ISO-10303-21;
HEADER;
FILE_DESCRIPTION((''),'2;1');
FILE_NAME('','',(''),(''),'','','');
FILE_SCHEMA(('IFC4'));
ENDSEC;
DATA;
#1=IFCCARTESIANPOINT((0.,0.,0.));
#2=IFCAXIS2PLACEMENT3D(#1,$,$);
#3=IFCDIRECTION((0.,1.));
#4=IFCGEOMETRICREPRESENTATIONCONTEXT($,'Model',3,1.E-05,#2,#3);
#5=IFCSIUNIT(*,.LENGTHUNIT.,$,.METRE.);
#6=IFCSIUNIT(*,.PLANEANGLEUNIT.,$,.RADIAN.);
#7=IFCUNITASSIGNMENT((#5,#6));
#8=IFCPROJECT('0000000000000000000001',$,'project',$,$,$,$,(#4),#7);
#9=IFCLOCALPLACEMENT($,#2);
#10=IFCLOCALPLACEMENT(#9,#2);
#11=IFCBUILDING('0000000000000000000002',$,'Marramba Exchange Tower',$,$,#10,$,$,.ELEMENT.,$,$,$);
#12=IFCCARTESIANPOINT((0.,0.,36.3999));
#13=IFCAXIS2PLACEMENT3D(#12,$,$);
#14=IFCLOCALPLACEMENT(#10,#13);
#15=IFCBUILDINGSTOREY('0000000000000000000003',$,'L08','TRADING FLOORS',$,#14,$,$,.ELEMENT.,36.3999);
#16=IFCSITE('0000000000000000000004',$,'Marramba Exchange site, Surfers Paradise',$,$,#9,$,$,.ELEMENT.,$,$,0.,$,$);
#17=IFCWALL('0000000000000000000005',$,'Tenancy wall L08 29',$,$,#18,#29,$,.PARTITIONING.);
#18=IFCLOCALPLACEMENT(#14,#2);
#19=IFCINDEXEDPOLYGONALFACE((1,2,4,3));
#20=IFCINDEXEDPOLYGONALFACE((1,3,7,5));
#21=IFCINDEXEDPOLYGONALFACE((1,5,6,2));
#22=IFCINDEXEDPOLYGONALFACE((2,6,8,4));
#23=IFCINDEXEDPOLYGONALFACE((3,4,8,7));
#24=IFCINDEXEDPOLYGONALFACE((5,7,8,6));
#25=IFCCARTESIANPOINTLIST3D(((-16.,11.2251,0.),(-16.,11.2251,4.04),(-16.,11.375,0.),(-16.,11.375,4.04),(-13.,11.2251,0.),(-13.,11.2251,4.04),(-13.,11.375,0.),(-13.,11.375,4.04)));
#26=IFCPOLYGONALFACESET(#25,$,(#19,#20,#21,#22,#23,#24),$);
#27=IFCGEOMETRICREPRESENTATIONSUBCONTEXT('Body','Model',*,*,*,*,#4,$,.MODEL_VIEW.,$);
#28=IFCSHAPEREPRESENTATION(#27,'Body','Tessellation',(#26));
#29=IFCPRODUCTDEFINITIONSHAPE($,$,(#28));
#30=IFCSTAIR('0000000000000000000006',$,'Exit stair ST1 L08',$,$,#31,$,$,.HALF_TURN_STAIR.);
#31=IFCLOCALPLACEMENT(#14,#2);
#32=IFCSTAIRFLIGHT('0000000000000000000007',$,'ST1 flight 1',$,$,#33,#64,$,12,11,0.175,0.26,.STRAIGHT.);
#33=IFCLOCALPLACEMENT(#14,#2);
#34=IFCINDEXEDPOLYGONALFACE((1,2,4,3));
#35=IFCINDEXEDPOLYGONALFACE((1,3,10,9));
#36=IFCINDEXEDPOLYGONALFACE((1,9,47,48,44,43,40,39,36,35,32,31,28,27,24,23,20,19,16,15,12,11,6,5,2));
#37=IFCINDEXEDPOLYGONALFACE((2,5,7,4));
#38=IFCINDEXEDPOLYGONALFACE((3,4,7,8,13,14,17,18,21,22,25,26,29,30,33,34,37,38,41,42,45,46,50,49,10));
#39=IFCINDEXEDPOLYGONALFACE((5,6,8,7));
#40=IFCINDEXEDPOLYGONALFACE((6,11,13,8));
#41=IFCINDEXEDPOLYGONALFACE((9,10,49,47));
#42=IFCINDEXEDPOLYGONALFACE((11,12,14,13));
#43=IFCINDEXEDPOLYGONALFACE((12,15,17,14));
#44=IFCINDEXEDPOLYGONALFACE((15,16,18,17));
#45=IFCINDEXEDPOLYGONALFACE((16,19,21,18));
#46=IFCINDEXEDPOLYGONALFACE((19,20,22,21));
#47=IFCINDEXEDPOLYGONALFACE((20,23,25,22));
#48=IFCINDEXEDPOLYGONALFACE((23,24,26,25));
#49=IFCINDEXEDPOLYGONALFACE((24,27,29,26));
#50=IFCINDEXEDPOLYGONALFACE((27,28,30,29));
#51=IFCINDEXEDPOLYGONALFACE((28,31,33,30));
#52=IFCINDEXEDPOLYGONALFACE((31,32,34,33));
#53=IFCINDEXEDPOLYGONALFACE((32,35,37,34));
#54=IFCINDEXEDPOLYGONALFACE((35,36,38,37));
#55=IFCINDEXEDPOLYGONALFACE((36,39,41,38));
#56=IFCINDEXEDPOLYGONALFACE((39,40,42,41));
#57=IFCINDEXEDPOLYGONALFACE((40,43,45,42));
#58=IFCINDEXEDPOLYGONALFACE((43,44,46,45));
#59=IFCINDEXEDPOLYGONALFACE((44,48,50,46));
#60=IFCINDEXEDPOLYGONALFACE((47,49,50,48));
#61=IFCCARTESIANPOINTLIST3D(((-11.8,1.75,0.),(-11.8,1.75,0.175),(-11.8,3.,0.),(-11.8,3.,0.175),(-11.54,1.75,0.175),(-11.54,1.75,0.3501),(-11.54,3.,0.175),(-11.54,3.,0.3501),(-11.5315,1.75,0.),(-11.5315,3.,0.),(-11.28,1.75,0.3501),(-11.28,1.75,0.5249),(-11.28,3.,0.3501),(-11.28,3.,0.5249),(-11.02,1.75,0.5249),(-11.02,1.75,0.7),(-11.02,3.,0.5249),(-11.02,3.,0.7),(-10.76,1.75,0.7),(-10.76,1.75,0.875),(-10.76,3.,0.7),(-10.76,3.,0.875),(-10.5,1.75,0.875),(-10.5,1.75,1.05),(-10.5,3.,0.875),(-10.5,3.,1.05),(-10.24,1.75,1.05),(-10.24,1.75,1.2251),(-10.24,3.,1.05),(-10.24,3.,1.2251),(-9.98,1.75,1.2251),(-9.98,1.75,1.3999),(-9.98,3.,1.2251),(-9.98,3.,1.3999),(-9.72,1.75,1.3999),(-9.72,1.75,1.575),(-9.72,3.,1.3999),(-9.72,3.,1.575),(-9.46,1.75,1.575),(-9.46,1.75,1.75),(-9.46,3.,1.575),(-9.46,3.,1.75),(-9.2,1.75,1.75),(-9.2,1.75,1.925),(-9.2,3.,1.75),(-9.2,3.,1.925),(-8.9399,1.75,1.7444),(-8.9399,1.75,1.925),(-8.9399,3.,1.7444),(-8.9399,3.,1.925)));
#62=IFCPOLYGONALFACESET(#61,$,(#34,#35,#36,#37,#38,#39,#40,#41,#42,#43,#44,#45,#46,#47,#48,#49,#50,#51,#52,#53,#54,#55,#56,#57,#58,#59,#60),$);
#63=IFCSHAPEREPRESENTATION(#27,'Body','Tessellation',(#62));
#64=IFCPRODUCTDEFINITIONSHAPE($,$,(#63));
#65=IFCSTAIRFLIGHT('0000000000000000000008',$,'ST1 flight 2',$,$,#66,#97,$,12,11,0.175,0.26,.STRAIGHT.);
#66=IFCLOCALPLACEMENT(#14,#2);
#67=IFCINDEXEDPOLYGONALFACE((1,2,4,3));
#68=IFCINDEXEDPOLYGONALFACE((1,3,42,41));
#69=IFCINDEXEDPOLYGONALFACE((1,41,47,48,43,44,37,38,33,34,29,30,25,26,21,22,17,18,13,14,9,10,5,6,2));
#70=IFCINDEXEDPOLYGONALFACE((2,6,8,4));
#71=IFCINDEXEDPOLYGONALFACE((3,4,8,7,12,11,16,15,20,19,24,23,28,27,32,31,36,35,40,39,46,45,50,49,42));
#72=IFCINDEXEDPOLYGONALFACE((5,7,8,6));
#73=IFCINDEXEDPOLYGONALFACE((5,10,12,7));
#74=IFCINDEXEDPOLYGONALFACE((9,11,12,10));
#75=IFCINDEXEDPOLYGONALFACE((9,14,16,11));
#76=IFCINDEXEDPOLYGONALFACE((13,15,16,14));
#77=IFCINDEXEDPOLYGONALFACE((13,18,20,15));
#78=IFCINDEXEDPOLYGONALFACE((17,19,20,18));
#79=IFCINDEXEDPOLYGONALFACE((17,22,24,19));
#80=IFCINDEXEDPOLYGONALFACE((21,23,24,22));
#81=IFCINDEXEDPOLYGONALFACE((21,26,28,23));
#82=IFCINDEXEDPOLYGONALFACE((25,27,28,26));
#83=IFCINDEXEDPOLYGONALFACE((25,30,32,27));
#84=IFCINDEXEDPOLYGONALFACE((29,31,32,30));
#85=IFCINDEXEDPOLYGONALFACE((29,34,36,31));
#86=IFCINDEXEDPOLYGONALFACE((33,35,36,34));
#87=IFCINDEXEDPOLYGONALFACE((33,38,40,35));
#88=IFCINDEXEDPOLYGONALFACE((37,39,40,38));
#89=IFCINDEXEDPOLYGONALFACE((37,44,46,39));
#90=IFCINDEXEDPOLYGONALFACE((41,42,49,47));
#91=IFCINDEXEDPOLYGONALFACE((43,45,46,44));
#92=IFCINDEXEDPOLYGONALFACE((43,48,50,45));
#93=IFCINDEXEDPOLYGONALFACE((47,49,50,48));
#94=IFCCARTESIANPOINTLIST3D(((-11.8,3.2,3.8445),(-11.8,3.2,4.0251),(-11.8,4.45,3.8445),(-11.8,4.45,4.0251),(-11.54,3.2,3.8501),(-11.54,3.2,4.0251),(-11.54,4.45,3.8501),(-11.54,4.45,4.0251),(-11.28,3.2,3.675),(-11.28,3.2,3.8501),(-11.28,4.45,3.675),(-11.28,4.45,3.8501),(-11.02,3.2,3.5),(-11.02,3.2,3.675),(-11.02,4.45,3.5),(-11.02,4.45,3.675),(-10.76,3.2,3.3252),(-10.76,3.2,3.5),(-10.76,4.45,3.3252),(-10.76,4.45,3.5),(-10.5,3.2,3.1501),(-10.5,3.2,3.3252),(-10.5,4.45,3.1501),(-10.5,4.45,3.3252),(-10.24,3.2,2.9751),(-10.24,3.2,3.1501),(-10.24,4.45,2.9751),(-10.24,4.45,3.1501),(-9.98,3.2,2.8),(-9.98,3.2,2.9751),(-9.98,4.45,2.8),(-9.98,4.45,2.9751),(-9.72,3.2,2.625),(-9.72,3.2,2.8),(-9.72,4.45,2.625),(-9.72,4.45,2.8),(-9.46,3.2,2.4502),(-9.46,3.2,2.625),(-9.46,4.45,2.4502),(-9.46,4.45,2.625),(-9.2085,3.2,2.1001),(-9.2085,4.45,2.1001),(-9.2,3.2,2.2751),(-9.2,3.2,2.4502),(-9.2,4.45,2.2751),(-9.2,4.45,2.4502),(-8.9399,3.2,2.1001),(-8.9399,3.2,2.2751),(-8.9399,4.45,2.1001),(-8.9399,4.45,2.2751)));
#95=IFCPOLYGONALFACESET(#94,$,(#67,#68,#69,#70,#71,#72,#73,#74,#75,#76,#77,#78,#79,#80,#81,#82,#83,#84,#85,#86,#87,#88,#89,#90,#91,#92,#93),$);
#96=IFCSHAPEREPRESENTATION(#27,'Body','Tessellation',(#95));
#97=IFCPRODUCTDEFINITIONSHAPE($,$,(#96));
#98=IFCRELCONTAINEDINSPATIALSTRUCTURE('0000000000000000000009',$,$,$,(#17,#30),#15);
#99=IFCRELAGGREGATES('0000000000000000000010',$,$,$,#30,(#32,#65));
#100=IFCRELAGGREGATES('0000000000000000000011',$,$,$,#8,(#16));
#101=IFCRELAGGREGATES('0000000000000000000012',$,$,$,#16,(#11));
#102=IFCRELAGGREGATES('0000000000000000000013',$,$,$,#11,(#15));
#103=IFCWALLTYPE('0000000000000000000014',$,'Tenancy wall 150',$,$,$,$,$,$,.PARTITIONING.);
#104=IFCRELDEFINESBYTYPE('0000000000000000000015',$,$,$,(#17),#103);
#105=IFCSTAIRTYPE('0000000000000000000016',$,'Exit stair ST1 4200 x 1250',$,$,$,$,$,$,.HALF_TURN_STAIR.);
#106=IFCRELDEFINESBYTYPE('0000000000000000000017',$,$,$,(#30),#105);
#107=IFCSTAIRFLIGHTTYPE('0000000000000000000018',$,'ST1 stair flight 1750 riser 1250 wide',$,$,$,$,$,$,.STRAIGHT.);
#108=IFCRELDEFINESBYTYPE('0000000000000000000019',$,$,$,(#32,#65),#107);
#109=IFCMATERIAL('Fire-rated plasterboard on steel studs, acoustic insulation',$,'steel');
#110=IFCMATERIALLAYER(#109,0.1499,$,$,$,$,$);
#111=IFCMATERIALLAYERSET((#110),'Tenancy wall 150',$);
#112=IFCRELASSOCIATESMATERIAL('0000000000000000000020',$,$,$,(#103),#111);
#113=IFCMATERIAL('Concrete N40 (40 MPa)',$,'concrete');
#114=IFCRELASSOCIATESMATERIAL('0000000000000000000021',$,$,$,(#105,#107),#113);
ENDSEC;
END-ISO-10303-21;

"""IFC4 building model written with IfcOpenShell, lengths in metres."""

from ifc_helpers import new_model, si_unit, direction, frame, frame_2d, origin, place, context, subcontext, project, spatial, polyline, rectangle, outline, extrude, material, layer, layer_set, type_object, element, aggregate, save


model = new_model("IFC4")

# Units and contexts
model_context = context("Model", 3, precision=1e-05, world=origin(), true_north=direction((0.0, 1.0)))
body_context = subcontext(model_context, "Body", "Model", "MODEL_VIEW")
ifc_project = project(units=[si_unit("LENGTHUNIT", "METRE"), si_unit("PLANEANGLEUNIT", "RADIAN")], contexts=[model_context])

# Site, building, storey
site_placement = place(None, origin())
site = spatial("IfcSite", under=ifc_project, at=site_placement, Name="Marramba Exchange site, Surfers Paradise", CompositionType="ELEMENT", RefElevation=0.0)
building_placement = place(site_placement, origin())
building = spatial("IfcBuilding", under=site, at=building_placement, Name="Marramba Exchange Tower", CompositionType="ELEMENT")
storey_placement = place(building_placement, frame((0.0, 0.0, 36.3999)))
storey = spatial("IfcBuildingStorey", under=building, at=storey_placement, Name="L08", Description="TRADING FLOORS", CompositionType="ELEMENT", Elevation=36.3999)

# Wall
ifc_material_1 = material(Name="Fire-rated plasterboard on steel studs, acoustic insulation", Category="steel")
ifc_layer_1 = layer(ifc_material_1, 0.1499)
ifc_layer_set_1 = layer_set([ifc_layer_1], Name="Tenancy wall 150")
wall_type_1 = type_object("IfcWallType", Name="Tenancy wall 150", PredefinedType="PARTITIONING", material=ifc_layer_set_1)
wall_1_placement = place(storey_placement, frame((-13.0, 11.3, 0.0), z_axis=(0.0, 0.0, 1.0), x_axis=(-1.0, 0.0, 0.0)))
element("IfcWall", 1, at=wall_1_placement, inside=storey, type_object=wall_type_1, Name="Tenancy wall L08 29", PredefinedType="PARTITIONING", context=body_context, shape_type="SweptSolid", body=[
    extrude(rectangle(XDim=3.0, YDim=0.1499, at=frame_2d((1.5, 0.0))), origin(), (0.0, 0.0, 1.0), 4.04),
])

# Stair, stair flights
ifc_material_2 = material(Name="Concrete N40 (40 MPa)", Category="concrete")
stair_type = type_object("IfcStairType", Name="Exit stair ST1 4200 x 1250", PredefinedType="HALF_TURN_STAIR", material=ifc_material_2)
stair_placement = place(storey_placement, origin())
stair = element("IfcStair", 2, at=stair_placement, inside=storey, type_object=stair_type, Name="Exit stair ST1 L08", PredefinedType="HALF_TURN_STAIR")
stair_flight_type = type_object("IfcStairFlightType", Name="ST1 stair flight 1750 riser 1250 wide", PredefinedType="STRAIGHT", material=ifc_material_2)
stair_flight_1_placement = place(storey_placement, frame((-11.8, 2.375, 0.0), z_axis=(0.0, 0.0, 1.0), x_axis=(1.0, 0.0, 0.0)))
stair_flight_1 = element("IfcStairFlight", 3, at=stair_flight_1_placement, type_object=stair_flight_type, Name="ST1 flight 1", NumberOfRisers=12, NumberOfTreads=11, PredefinedType="STRAIGHT", RiserHeight=0.175, TreadLength=0.26, context=body_context, shape_type="SweptSolid", body=[
    extrude(outline(polyline([(0.0, 0.0), (0.0, 0.175), (0.26, 0.175), (0.26, 0.3501), (0.52, 0.3501), (0.52, 0.5249), (0.78, 0.5249), (0.78, 0.7), (1.04, 0.7), (1.04, 0.875), (1.3, 0.875), (1.3, 1.05), (1.5601, 1.05), (1.5601, 1.2251), (1.8201, 1.2251), (1.8201, 1.3999), (2.0801, 1.3999), (2.0801, 1.575), (2.3401, 1.575), (2.3401, 1.75), (2.6001, 1.75), (2.6001, 1.925), (2.8601, 1.925), (2.8601, 2.1001), (2.8601, 1.7444), (0.2686, 0.0), (0.0, 0.0)])), frame((0.0, 0.625, 0.0), z_axis=(0.0, -1.0, 0.0), x_axis=(1.0, 0.0, 0.0)), (0.0, 0.0, 1.0), 1.25),
])
stair_flight_2_placement = place(storey_placement, frame((-8.9399, 3.825, 2.1001), z_axis=(0.0, 0.0, 1.0), x_axis=(-1.0, 0.0, 0.0)))
stair_flight_2 = element("IfcStairFlight", 4, at=stair_flight_2_placement, type_object=stair_flight_type, Name="ST1 flight 2", NumberOfRisers=12, NumberOfTreads=11, PredefinedType="STRAIGHT", RiserHeight=0.175, TreadLength=0.26, context=body_context, shape_type="SweptSolid", body=[
    extrude(outline(polyline([(0.0, 0.0), (0.0, 0.175), (0.26, 0.175), (0.26, 0.3501), (0.52, 0.3501), (0.52, 0.5249), (0.78, 0.5249), (0.78, 0.7), (1.04, 0.7), (1.04, 0.875), (1.3, 0.875), (1.3, 1.05), (1.5601, 1.05), (1.5601, 1.2251), (1.8201, 1.2251), (1.8201, 1.3999), (2.0801, 1.3999), (2.0801, 1.575), (2.3401, 1.575), (2.3401, 1.75), (2.6001, 1.75), (2.6001, 1.925), (2.8601, 1.925), (2.8601, 2.1001), (2.8601, 1.7444), (0.2686, 0.0), (0.0, 0.0)])), frame((0.0, 0.625, 0.0), z_axis=(0.0, -1.0, 0.0), x_axis=(1.0, 0.0, 0.0)), (0.0, 0.0, 1.0), 1.25),
])
aggregate(stair, [stair_flight_1, stair_flight_2])

save(model, "model.ifc")
